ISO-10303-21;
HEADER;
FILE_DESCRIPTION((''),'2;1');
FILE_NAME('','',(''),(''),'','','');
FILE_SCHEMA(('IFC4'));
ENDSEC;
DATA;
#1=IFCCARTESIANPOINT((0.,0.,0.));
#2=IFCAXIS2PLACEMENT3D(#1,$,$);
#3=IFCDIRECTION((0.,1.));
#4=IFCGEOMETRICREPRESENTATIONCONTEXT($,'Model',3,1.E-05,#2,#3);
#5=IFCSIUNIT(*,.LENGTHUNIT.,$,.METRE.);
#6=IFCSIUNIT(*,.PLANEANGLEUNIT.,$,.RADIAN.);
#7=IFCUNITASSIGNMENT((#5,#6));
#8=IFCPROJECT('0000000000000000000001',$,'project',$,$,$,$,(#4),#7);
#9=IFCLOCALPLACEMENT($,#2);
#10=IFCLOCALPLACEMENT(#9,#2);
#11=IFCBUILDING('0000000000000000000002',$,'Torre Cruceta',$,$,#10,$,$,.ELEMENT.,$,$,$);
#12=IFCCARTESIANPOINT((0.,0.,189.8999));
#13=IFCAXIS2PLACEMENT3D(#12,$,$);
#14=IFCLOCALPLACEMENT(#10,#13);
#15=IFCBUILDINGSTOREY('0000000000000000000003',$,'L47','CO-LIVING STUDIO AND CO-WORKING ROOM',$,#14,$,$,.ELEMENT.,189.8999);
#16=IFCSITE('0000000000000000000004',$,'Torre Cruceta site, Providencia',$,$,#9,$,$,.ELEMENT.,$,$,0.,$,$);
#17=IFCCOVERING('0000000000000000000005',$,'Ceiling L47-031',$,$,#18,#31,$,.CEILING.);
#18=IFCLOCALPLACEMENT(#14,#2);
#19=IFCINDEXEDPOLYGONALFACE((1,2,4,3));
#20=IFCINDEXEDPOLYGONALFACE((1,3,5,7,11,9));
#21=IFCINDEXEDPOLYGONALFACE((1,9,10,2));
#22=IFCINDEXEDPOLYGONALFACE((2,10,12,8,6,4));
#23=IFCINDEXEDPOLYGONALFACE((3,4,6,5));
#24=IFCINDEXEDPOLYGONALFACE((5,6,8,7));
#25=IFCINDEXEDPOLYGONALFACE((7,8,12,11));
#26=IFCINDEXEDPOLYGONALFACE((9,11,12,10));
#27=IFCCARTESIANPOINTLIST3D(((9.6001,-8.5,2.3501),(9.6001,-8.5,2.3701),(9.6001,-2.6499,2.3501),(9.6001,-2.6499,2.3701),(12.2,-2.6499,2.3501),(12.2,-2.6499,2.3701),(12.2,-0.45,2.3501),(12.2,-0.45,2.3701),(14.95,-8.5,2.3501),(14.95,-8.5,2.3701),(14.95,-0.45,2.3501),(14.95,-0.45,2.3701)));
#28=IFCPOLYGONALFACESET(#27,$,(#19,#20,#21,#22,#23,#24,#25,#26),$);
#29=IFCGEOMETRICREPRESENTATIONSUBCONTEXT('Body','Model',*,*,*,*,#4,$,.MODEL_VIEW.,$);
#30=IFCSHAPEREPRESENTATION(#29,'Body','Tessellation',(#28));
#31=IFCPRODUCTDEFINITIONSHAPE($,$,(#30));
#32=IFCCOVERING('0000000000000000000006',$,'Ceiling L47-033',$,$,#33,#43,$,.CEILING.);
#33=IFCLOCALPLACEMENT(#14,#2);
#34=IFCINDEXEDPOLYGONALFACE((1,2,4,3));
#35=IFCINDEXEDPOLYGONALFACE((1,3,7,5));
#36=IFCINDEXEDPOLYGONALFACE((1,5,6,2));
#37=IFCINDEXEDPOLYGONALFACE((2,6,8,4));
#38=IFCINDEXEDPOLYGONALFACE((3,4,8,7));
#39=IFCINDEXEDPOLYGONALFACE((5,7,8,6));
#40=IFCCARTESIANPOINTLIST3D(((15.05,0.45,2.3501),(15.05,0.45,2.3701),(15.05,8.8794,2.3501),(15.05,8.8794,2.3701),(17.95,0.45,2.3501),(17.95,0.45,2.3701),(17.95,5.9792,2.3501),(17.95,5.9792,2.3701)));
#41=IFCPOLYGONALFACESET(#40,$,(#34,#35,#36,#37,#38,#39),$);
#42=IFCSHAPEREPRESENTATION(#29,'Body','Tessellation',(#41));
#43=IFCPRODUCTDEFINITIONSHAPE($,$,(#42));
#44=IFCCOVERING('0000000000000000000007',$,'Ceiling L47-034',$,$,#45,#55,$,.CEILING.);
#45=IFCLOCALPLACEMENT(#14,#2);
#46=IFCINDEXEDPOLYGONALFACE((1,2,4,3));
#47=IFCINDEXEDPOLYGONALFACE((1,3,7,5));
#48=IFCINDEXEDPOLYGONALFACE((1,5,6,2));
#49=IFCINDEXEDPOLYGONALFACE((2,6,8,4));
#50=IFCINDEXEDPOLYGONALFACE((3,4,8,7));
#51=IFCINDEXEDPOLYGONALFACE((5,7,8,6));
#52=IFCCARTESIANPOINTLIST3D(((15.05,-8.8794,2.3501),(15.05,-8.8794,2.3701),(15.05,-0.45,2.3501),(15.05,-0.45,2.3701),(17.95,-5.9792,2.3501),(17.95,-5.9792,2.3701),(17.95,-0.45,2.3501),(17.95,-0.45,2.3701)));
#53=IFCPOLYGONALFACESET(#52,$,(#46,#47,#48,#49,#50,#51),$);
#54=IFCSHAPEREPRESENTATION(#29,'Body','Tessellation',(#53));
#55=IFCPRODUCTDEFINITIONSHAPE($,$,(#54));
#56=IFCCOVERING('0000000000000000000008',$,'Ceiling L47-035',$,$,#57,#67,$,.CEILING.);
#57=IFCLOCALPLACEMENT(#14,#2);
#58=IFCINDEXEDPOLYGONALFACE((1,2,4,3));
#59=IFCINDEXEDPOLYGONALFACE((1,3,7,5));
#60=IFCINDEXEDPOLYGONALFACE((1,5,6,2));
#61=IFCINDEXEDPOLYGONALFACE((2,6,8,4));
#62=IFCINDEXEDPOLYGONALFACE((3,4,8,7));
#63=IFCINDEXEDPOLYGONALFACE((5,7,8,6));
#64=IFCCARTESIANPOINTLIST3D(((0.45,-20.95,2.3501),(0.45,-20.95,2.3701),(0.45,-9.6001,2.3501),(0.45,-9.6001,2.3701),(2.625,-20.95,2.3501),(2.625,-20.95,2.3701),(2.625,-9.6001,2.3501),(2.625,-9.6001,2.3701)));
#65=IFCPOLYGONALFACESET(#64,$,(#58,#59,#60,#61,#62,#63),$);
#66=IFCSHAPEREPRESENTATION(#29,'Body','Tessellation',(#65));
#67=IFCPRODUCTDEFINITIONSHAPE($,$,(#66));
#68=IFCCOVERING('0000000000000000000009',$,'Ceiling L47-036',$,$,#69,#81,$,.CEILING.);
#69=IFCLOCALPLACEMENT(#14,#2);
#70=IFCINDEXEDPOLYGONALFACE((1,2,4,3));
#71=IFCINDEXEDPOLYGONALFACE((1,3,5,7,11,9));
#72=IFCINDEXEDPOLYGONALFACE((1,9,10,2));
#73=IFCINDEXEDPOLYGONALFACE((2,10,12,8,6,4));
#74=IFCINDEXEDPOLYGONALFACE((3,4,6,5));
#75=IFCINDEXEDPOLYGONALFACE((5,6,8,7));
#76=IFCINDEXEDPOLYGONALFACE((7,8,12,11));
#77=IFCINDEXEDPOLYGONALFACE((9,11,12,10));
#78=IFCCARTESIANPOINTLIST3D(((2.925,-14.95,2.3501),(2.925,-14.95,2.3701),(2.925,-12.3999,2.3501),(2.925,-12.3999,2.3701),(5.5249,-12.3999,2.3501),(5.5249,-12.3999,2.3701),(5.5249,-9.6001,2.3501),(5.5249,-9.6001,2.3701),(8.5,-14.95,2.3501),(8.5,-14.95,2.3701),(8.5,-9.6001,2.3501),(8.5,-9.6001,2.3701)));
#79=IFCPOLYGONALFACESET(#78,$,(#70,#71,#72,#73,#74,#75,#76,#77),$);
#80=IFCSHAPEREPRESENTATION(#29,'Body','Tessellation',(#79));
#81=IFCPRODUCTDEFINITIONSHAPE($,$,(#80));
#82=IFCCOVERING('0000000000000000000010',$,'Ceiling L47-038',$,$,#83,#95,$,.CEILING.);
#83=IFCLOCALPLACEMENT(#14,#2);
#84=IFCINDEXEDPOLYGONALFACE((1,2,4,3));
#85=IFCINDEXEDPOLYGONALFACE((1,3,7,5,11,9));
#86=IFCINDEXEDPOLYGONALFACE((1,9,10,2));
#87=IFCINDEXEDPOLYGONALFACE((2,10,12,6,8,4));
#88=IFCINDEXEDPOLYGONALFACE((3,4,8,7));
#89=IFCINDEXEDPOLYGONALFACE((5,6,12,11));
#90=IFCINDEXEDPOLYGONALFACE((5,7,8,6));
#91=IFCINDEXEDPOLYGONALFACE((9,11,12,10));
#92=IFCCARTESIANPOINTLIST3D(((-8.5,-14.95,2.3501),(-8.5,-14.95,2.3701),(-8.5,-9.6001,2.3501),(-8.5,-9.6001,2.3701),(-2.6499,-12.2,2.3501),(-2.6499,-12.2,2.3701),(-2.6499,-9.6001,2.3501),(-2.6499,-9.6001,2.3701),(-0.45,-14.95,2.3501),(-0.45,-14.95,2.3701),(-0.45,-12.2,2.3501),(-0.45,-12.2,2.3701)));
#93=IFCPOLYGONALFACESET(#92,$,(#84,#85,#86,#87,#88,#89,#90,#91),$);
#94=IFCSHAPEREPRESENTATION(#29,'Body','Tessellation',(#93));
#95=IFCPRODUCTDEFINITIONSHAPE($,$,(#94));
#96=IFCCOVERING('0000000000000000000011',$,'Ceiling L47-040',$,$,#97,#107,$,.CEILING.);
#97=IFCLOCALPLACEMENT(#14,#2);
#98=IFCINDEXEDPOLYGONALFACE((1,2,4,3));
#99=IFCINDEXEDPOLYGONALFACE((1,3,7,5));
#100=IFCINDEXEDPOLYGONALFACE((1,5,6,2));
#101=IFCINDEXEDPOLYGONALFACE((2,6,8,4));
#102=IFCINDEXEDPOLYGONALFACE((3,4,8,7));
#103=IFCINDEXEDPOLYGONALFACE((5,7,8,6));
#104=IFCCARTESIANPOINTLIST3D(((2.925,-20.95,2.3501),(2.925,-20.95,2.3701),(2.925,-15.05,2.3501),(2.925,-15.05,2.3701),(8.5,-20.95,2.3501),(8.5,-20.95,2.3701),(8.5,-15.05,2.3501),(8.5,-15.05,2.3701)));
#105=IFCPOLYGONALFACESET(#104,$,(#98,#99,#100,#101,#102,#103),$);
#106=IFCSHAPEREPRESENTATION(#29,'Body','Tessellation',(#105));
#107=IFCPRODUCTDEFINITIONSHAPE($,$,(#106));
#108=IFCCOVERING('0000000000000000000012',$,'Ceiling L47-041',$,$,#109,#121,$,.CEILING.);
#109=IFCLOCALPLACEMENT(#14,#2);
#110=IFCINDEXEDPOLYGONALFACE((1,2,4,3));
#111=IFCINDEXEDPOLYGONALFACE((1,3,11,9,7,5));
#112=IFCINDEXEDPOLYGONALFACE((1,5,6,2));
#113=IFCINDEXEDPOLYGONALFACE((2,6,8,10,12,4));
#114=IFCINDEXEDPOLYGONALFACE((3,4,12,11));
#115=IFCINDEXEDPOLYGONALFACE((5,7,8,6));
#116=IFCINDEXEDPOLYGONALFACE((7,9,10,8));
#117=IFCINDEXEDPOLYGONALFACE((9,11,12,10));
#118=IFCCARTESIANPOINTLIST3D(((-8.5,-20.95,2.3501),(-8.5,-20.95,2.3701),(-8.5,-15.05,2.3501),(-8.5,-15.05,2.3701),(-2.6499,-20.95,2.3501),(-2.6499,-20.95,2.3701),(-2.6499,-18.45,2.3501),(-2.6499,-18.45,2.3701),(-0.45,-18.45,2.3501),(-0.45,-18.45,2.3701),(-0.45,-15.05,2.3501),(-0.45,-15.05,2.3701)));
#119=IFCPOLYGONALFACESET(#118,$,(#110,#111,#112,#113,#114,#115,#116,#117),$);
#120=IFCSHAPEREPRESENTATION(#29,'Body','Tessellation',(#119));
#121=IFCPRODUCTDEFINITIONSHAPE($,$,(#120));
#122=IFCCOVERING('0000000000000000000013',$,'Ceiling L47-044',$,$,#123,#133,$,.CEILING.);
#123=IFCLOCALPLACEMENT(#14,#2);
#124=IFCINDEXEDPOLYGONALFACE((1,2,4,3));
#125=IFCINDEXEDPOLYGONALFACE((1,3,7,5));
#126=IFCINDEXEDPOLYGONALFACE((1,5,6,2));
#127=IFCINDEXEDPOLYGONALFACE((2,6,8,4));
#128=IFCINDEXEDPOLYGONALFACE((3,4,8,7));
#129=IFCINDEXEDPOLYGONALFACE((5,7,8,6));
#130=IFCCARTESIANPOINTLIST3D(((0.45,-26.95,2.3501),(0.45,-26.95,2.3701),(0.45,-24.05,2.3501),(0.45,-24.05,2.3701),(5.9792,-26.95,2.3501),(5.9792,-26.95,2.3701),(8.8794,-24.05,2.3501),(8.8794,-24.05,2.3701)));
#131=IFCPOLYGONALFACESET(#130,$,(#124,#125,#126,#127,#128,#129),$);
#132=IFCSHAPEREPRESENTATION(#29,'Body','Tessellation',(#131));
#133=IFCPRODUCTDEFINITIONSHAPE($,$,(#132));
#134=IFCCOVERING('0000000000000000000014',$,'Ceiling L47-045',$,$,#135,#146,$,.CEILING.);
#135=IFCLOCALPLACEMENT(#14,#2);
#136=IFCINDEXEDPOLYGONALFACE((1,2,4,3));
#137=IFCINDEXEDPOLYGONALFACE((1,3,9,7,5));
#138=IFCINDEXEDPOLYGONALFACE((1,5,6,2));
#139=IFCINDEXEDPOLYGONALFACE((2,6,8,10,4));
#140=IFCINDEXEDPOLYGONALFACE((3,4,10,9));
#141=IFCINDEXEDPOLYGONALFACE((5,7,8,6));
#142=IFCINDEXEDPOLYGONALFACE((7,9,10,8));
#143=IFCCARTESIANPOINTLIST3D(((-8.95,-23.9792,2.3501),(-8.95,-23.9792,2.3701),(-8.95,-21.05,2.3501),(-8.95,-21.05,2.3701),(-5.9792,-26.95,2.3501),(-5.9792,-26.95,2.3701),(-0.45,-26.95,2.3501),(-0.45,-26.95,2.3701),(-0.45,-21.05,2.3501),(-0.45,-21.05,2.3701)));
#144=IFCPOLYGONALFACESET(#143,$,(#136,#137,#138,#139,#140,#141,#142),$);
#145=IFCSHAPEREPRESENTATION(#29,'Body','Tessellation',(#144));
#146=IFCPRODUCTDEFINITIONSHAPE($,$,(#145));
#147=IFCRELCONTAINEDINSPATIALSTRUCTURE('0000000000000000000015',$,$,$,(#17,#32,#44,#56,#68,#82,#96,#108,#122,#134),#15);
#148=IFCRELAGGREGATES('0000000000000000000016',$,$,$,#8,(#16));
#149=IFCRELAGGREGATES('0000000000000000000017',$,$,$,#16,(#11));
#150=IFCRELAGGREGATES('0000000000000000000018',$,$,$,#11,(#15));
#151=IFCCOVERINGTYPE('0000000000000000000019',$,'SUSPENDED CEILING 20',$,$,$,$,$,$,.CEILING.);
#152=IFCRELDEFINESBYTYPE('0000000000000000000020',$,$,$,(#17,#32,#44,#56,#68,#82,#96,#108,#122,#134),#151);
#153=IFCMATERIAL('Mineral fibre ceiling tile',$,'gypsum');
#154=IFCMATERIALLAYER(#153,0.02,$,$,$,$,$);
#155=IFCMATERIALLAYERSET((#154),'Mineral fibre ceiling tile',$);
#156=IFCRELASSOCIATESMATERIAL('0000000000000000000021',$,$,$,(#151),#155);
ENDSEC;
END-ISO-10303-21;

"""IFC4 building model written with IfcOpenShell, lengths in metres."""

from ifc_helpers import new_model, si_unit, direction, frame, origin, place, context, subcontext, project, spatial, polyline, outline, extrude, material, layer, layer_set, type_object, element, save


model = new_model("IFC4")

# Units and contexts
model_context = context("Model", 3, precision=1e-05, world=origin(), true_north=direction((0.0, 1.0)))
body_context = subcontext(model_context, "Body", "Model", "MODEL_VIEW")
ifc_project = project(units=[si_unit("LENGTHUNIT", "METRE"), si_unit("PLANEANGLEUNIT", "RADIAN")], contexts=[model_context])

# Site, building, storey
site_placement = place(None, origin())
site = spatial("IfcSite", under=ifc_project, at=site_placement, Name="Torre Cruceta site, Providencia", CompositionType="ELEMENT", RefElevation=0.0)
building_placement = place(site_placement, origin())
building = spatial("IfcBuilding", under=site, at=building_placement, Name="Torre Cruceta", CompositionType="ELEMENT")
storey_placement = place(building_placement, frame((0.0, 0.0, 189.8999)))
storey = spatial("IfcBuildingStorey", under=building, at=storey_placement, Name="L47", Description="CO-LIVING STUDIO AND CO-WORKING ROOM", CompositionType="ELEMENT", Elevation=189.8999)

# Coverings
ifc_material_1 = material(Name="Mineral fibre ceiling tile", Category="gypsum")
ifc_layer_1 = layer(ifc_material_1, 0.02)
ifc_layer_set_1 = layer_set([ifc_layer_1], Name="Mineral fibre ceiling tile")
covering_type_1 = type_object("IfcCoveringType", Name="SUSPENDED CEILING 20", PredefinedType="CEILING", material=ifc_layer_set_1)
covering_1_placement = place(storey_placement, frame((0.0, 0.0, 2.3501)))
element("IfcCovering", 1, at=covering_1_placement, inside=storey, type_object=covering_type_1, Name="Ceiling L47-031", PredefinedType="CEILING", context=body_context, shape_type="SweptSolid", body=[
    extrude(outline(polyline([(14.95, -0.45), (14.95, -8.5), (9.6001, -8.5), (9.6001, -2.6499), (12.2, -2.6499), (12.2, -0.45), (14.95, -0.45)])), origin(), (0.0, 0.0, 1.0), 0.02),
])
covering_2_placement = place(storey_placement, frame((0.0, 0.0, 2.3501)))
element("IfcCovering", 2, at=covering_2_placement, inside=storey, type_object=covering_type_1, Name="Ceiling L47-033", PredefinedType="CEILING", context=body_context, shape_type="SweptSolid", body=[
    extrude(outline(polyline([(17.95, 5.9792), (17.95, 0.45), (15.05, 0.45), (15.05, 8.8794), (17.95, 5.9792)])), origin(), (0.0, 0.0, 1.0), 0.02),
])
covering_3_placement = place(storey_placement, frame((0.0, 0.0, 2.3501)))
element("IfcCovering", 3, at=covering_3_placement, inside=storey, type_object=covering_type_1, Name="Ceiling L47-034", PredefinedType="CEILING", context=body_context, shape_type="SweptSolid", body=[
    extrude(outline(polyline([(15.05, -8.8794), (15.05, -0.45), (17.95, -0.45), (17.95, -5.9792), (15.05, -8.8794)])), origin(), (0.0, 0.0, 1.0), 0.02),
])
covering_4_placement = place(storey_placement, frame((0.0, 0.0, 2.3501)))
element("IfcCovering", 4, at=covering_4_placement, inside=storey, type_object=covering_type_1, Name="Ceiling L47-035", PredefinedType="CEILING", context=body_context, shape_type="SweptSolid", body=[
    extrude(outline(polyline([(0.45, -9.6001), (2.625, -9.6001), (2.625, -20.95), (0.45, -20.95), (0.45, -9.6001)])), origin(), (0.0, 0.0, 1.0), 0.02),
])
covering_5_placement = place(storey_placement, frame((0.0, 0.0, 2.3501)))
element("IfcCovering", 5, at=covering_5_placement, inside=storey, type_object=covering_type_1, Name="Ceiling L47-036", PredefinedType="CEILING", context=body_context, shape_type="SweptSolid", body=[
    extrude(outline(polyline([(8.5, -9.6001), (8.5, -14.95), (2.925, -14.95), (2.925, -12.3999), (5.5249, -12.3999), (5.5249, -9.6001), (8.5, -9.6001)])), origin(), (0.0, 0.0, 1.0), 0.02),
])
covering_6_placement = place(storey_placement, frame((0.0, 0.0, 2.3501)))
element("IfcCovering", 6, at=covering_6_placement, inside=storey, type_object=covering_type_1, Name="Ceiling L47-038", PredefinedType="CEILING", context=body_context, shape_type="SweptSolid", body=[
    extrude(outline(polyline([(-0.45, -14.95), (-8.5, -14.95), (-8.5, -9.6001), (-2.6499, -9.6001), (-2.6499, -12.2), (-0.45, -12.2), (-0.45, -14.95)])), origin(), (0.0, 0.0, 1.0), 0.02),
])
covering_7_placement = place(storey_placement, frame((0.0, 0.0, 2.3501)))
element("IfcCovering", 7, at=covering_7_placement, inside=storey, type_object=covering_type_1, Name="Ceiling L47-040", PredefinedType="CEILING", context=body_context, shape_type="SweptSolid", body=[
    extrude(outline(polyline([(2.925, -15.05), (8.5, -15.05), (8.5, -20.95), (2.925, -20.95), (2.925, -15.05)])), origin(), (0.0, 0.0, 1.0), 0.02),
])
covering_8_placement = place(storey_placement, frame((0.0, 0.0, 2.3501)))
element("IfcCovering", 8, at=covering_8_placement, inside=storey, type_object=covering_type_1, Name="Ceiling L47-041", PredefinedType="CEILING", context=body_context, shape_type="SweptSolid", body=[
    extrude(outline(polyline([(-8.5, -20.95), (-8.5, -15.05), (-0.45, -15.05), (-0.45, -18.45), (-2.6499, -18.45), (-2.6499, -20.95), (-8.5, -20.95)])), origin(), (0.0, 0.0, 1.0), 0.02),
])
covering_9_placement = place(storey_placement, frame((0.0, 0.0, 2.3501)))
element("IfcCovering", 9, at=covering_9_placement, inside=storey, type_object=covering_type_1, Name="Ceiling L47-044", PredefinedType="CEILING", context=body_context, shape_type="SweptSolid", body=[
    extrude(outline(polyline([(0.45, -26.95), (0.45, -24.05), (8.8794, -24.05), (5.9792, -26.95), (0.45, -26.95)])), origin(), (0.0, 0.0, 1.0), 0.02),
])
covering_10_placement = place(storey_placement, frame((0.0, 0.0, 2.3501)))
element("IfcCovering", 10, at=covering_10_placement, inside=storey, type_object=covering_type_1, Name="Ceiling L47-045", PredefinedType="CEILING", context=body_context, shape_type="SweptSolid", body=[
    extrude(outline(polyline([(-8.95, -23.9792), (-8.95, -21.05), (-0.45, -21.05), (-0.45, -26.95), (-5.9792, -26.95), (-8.95, -23.9792)])), origin(), (0.0, 0.0, 1.0), 0.02),
])

save(model, "model.ifc")
